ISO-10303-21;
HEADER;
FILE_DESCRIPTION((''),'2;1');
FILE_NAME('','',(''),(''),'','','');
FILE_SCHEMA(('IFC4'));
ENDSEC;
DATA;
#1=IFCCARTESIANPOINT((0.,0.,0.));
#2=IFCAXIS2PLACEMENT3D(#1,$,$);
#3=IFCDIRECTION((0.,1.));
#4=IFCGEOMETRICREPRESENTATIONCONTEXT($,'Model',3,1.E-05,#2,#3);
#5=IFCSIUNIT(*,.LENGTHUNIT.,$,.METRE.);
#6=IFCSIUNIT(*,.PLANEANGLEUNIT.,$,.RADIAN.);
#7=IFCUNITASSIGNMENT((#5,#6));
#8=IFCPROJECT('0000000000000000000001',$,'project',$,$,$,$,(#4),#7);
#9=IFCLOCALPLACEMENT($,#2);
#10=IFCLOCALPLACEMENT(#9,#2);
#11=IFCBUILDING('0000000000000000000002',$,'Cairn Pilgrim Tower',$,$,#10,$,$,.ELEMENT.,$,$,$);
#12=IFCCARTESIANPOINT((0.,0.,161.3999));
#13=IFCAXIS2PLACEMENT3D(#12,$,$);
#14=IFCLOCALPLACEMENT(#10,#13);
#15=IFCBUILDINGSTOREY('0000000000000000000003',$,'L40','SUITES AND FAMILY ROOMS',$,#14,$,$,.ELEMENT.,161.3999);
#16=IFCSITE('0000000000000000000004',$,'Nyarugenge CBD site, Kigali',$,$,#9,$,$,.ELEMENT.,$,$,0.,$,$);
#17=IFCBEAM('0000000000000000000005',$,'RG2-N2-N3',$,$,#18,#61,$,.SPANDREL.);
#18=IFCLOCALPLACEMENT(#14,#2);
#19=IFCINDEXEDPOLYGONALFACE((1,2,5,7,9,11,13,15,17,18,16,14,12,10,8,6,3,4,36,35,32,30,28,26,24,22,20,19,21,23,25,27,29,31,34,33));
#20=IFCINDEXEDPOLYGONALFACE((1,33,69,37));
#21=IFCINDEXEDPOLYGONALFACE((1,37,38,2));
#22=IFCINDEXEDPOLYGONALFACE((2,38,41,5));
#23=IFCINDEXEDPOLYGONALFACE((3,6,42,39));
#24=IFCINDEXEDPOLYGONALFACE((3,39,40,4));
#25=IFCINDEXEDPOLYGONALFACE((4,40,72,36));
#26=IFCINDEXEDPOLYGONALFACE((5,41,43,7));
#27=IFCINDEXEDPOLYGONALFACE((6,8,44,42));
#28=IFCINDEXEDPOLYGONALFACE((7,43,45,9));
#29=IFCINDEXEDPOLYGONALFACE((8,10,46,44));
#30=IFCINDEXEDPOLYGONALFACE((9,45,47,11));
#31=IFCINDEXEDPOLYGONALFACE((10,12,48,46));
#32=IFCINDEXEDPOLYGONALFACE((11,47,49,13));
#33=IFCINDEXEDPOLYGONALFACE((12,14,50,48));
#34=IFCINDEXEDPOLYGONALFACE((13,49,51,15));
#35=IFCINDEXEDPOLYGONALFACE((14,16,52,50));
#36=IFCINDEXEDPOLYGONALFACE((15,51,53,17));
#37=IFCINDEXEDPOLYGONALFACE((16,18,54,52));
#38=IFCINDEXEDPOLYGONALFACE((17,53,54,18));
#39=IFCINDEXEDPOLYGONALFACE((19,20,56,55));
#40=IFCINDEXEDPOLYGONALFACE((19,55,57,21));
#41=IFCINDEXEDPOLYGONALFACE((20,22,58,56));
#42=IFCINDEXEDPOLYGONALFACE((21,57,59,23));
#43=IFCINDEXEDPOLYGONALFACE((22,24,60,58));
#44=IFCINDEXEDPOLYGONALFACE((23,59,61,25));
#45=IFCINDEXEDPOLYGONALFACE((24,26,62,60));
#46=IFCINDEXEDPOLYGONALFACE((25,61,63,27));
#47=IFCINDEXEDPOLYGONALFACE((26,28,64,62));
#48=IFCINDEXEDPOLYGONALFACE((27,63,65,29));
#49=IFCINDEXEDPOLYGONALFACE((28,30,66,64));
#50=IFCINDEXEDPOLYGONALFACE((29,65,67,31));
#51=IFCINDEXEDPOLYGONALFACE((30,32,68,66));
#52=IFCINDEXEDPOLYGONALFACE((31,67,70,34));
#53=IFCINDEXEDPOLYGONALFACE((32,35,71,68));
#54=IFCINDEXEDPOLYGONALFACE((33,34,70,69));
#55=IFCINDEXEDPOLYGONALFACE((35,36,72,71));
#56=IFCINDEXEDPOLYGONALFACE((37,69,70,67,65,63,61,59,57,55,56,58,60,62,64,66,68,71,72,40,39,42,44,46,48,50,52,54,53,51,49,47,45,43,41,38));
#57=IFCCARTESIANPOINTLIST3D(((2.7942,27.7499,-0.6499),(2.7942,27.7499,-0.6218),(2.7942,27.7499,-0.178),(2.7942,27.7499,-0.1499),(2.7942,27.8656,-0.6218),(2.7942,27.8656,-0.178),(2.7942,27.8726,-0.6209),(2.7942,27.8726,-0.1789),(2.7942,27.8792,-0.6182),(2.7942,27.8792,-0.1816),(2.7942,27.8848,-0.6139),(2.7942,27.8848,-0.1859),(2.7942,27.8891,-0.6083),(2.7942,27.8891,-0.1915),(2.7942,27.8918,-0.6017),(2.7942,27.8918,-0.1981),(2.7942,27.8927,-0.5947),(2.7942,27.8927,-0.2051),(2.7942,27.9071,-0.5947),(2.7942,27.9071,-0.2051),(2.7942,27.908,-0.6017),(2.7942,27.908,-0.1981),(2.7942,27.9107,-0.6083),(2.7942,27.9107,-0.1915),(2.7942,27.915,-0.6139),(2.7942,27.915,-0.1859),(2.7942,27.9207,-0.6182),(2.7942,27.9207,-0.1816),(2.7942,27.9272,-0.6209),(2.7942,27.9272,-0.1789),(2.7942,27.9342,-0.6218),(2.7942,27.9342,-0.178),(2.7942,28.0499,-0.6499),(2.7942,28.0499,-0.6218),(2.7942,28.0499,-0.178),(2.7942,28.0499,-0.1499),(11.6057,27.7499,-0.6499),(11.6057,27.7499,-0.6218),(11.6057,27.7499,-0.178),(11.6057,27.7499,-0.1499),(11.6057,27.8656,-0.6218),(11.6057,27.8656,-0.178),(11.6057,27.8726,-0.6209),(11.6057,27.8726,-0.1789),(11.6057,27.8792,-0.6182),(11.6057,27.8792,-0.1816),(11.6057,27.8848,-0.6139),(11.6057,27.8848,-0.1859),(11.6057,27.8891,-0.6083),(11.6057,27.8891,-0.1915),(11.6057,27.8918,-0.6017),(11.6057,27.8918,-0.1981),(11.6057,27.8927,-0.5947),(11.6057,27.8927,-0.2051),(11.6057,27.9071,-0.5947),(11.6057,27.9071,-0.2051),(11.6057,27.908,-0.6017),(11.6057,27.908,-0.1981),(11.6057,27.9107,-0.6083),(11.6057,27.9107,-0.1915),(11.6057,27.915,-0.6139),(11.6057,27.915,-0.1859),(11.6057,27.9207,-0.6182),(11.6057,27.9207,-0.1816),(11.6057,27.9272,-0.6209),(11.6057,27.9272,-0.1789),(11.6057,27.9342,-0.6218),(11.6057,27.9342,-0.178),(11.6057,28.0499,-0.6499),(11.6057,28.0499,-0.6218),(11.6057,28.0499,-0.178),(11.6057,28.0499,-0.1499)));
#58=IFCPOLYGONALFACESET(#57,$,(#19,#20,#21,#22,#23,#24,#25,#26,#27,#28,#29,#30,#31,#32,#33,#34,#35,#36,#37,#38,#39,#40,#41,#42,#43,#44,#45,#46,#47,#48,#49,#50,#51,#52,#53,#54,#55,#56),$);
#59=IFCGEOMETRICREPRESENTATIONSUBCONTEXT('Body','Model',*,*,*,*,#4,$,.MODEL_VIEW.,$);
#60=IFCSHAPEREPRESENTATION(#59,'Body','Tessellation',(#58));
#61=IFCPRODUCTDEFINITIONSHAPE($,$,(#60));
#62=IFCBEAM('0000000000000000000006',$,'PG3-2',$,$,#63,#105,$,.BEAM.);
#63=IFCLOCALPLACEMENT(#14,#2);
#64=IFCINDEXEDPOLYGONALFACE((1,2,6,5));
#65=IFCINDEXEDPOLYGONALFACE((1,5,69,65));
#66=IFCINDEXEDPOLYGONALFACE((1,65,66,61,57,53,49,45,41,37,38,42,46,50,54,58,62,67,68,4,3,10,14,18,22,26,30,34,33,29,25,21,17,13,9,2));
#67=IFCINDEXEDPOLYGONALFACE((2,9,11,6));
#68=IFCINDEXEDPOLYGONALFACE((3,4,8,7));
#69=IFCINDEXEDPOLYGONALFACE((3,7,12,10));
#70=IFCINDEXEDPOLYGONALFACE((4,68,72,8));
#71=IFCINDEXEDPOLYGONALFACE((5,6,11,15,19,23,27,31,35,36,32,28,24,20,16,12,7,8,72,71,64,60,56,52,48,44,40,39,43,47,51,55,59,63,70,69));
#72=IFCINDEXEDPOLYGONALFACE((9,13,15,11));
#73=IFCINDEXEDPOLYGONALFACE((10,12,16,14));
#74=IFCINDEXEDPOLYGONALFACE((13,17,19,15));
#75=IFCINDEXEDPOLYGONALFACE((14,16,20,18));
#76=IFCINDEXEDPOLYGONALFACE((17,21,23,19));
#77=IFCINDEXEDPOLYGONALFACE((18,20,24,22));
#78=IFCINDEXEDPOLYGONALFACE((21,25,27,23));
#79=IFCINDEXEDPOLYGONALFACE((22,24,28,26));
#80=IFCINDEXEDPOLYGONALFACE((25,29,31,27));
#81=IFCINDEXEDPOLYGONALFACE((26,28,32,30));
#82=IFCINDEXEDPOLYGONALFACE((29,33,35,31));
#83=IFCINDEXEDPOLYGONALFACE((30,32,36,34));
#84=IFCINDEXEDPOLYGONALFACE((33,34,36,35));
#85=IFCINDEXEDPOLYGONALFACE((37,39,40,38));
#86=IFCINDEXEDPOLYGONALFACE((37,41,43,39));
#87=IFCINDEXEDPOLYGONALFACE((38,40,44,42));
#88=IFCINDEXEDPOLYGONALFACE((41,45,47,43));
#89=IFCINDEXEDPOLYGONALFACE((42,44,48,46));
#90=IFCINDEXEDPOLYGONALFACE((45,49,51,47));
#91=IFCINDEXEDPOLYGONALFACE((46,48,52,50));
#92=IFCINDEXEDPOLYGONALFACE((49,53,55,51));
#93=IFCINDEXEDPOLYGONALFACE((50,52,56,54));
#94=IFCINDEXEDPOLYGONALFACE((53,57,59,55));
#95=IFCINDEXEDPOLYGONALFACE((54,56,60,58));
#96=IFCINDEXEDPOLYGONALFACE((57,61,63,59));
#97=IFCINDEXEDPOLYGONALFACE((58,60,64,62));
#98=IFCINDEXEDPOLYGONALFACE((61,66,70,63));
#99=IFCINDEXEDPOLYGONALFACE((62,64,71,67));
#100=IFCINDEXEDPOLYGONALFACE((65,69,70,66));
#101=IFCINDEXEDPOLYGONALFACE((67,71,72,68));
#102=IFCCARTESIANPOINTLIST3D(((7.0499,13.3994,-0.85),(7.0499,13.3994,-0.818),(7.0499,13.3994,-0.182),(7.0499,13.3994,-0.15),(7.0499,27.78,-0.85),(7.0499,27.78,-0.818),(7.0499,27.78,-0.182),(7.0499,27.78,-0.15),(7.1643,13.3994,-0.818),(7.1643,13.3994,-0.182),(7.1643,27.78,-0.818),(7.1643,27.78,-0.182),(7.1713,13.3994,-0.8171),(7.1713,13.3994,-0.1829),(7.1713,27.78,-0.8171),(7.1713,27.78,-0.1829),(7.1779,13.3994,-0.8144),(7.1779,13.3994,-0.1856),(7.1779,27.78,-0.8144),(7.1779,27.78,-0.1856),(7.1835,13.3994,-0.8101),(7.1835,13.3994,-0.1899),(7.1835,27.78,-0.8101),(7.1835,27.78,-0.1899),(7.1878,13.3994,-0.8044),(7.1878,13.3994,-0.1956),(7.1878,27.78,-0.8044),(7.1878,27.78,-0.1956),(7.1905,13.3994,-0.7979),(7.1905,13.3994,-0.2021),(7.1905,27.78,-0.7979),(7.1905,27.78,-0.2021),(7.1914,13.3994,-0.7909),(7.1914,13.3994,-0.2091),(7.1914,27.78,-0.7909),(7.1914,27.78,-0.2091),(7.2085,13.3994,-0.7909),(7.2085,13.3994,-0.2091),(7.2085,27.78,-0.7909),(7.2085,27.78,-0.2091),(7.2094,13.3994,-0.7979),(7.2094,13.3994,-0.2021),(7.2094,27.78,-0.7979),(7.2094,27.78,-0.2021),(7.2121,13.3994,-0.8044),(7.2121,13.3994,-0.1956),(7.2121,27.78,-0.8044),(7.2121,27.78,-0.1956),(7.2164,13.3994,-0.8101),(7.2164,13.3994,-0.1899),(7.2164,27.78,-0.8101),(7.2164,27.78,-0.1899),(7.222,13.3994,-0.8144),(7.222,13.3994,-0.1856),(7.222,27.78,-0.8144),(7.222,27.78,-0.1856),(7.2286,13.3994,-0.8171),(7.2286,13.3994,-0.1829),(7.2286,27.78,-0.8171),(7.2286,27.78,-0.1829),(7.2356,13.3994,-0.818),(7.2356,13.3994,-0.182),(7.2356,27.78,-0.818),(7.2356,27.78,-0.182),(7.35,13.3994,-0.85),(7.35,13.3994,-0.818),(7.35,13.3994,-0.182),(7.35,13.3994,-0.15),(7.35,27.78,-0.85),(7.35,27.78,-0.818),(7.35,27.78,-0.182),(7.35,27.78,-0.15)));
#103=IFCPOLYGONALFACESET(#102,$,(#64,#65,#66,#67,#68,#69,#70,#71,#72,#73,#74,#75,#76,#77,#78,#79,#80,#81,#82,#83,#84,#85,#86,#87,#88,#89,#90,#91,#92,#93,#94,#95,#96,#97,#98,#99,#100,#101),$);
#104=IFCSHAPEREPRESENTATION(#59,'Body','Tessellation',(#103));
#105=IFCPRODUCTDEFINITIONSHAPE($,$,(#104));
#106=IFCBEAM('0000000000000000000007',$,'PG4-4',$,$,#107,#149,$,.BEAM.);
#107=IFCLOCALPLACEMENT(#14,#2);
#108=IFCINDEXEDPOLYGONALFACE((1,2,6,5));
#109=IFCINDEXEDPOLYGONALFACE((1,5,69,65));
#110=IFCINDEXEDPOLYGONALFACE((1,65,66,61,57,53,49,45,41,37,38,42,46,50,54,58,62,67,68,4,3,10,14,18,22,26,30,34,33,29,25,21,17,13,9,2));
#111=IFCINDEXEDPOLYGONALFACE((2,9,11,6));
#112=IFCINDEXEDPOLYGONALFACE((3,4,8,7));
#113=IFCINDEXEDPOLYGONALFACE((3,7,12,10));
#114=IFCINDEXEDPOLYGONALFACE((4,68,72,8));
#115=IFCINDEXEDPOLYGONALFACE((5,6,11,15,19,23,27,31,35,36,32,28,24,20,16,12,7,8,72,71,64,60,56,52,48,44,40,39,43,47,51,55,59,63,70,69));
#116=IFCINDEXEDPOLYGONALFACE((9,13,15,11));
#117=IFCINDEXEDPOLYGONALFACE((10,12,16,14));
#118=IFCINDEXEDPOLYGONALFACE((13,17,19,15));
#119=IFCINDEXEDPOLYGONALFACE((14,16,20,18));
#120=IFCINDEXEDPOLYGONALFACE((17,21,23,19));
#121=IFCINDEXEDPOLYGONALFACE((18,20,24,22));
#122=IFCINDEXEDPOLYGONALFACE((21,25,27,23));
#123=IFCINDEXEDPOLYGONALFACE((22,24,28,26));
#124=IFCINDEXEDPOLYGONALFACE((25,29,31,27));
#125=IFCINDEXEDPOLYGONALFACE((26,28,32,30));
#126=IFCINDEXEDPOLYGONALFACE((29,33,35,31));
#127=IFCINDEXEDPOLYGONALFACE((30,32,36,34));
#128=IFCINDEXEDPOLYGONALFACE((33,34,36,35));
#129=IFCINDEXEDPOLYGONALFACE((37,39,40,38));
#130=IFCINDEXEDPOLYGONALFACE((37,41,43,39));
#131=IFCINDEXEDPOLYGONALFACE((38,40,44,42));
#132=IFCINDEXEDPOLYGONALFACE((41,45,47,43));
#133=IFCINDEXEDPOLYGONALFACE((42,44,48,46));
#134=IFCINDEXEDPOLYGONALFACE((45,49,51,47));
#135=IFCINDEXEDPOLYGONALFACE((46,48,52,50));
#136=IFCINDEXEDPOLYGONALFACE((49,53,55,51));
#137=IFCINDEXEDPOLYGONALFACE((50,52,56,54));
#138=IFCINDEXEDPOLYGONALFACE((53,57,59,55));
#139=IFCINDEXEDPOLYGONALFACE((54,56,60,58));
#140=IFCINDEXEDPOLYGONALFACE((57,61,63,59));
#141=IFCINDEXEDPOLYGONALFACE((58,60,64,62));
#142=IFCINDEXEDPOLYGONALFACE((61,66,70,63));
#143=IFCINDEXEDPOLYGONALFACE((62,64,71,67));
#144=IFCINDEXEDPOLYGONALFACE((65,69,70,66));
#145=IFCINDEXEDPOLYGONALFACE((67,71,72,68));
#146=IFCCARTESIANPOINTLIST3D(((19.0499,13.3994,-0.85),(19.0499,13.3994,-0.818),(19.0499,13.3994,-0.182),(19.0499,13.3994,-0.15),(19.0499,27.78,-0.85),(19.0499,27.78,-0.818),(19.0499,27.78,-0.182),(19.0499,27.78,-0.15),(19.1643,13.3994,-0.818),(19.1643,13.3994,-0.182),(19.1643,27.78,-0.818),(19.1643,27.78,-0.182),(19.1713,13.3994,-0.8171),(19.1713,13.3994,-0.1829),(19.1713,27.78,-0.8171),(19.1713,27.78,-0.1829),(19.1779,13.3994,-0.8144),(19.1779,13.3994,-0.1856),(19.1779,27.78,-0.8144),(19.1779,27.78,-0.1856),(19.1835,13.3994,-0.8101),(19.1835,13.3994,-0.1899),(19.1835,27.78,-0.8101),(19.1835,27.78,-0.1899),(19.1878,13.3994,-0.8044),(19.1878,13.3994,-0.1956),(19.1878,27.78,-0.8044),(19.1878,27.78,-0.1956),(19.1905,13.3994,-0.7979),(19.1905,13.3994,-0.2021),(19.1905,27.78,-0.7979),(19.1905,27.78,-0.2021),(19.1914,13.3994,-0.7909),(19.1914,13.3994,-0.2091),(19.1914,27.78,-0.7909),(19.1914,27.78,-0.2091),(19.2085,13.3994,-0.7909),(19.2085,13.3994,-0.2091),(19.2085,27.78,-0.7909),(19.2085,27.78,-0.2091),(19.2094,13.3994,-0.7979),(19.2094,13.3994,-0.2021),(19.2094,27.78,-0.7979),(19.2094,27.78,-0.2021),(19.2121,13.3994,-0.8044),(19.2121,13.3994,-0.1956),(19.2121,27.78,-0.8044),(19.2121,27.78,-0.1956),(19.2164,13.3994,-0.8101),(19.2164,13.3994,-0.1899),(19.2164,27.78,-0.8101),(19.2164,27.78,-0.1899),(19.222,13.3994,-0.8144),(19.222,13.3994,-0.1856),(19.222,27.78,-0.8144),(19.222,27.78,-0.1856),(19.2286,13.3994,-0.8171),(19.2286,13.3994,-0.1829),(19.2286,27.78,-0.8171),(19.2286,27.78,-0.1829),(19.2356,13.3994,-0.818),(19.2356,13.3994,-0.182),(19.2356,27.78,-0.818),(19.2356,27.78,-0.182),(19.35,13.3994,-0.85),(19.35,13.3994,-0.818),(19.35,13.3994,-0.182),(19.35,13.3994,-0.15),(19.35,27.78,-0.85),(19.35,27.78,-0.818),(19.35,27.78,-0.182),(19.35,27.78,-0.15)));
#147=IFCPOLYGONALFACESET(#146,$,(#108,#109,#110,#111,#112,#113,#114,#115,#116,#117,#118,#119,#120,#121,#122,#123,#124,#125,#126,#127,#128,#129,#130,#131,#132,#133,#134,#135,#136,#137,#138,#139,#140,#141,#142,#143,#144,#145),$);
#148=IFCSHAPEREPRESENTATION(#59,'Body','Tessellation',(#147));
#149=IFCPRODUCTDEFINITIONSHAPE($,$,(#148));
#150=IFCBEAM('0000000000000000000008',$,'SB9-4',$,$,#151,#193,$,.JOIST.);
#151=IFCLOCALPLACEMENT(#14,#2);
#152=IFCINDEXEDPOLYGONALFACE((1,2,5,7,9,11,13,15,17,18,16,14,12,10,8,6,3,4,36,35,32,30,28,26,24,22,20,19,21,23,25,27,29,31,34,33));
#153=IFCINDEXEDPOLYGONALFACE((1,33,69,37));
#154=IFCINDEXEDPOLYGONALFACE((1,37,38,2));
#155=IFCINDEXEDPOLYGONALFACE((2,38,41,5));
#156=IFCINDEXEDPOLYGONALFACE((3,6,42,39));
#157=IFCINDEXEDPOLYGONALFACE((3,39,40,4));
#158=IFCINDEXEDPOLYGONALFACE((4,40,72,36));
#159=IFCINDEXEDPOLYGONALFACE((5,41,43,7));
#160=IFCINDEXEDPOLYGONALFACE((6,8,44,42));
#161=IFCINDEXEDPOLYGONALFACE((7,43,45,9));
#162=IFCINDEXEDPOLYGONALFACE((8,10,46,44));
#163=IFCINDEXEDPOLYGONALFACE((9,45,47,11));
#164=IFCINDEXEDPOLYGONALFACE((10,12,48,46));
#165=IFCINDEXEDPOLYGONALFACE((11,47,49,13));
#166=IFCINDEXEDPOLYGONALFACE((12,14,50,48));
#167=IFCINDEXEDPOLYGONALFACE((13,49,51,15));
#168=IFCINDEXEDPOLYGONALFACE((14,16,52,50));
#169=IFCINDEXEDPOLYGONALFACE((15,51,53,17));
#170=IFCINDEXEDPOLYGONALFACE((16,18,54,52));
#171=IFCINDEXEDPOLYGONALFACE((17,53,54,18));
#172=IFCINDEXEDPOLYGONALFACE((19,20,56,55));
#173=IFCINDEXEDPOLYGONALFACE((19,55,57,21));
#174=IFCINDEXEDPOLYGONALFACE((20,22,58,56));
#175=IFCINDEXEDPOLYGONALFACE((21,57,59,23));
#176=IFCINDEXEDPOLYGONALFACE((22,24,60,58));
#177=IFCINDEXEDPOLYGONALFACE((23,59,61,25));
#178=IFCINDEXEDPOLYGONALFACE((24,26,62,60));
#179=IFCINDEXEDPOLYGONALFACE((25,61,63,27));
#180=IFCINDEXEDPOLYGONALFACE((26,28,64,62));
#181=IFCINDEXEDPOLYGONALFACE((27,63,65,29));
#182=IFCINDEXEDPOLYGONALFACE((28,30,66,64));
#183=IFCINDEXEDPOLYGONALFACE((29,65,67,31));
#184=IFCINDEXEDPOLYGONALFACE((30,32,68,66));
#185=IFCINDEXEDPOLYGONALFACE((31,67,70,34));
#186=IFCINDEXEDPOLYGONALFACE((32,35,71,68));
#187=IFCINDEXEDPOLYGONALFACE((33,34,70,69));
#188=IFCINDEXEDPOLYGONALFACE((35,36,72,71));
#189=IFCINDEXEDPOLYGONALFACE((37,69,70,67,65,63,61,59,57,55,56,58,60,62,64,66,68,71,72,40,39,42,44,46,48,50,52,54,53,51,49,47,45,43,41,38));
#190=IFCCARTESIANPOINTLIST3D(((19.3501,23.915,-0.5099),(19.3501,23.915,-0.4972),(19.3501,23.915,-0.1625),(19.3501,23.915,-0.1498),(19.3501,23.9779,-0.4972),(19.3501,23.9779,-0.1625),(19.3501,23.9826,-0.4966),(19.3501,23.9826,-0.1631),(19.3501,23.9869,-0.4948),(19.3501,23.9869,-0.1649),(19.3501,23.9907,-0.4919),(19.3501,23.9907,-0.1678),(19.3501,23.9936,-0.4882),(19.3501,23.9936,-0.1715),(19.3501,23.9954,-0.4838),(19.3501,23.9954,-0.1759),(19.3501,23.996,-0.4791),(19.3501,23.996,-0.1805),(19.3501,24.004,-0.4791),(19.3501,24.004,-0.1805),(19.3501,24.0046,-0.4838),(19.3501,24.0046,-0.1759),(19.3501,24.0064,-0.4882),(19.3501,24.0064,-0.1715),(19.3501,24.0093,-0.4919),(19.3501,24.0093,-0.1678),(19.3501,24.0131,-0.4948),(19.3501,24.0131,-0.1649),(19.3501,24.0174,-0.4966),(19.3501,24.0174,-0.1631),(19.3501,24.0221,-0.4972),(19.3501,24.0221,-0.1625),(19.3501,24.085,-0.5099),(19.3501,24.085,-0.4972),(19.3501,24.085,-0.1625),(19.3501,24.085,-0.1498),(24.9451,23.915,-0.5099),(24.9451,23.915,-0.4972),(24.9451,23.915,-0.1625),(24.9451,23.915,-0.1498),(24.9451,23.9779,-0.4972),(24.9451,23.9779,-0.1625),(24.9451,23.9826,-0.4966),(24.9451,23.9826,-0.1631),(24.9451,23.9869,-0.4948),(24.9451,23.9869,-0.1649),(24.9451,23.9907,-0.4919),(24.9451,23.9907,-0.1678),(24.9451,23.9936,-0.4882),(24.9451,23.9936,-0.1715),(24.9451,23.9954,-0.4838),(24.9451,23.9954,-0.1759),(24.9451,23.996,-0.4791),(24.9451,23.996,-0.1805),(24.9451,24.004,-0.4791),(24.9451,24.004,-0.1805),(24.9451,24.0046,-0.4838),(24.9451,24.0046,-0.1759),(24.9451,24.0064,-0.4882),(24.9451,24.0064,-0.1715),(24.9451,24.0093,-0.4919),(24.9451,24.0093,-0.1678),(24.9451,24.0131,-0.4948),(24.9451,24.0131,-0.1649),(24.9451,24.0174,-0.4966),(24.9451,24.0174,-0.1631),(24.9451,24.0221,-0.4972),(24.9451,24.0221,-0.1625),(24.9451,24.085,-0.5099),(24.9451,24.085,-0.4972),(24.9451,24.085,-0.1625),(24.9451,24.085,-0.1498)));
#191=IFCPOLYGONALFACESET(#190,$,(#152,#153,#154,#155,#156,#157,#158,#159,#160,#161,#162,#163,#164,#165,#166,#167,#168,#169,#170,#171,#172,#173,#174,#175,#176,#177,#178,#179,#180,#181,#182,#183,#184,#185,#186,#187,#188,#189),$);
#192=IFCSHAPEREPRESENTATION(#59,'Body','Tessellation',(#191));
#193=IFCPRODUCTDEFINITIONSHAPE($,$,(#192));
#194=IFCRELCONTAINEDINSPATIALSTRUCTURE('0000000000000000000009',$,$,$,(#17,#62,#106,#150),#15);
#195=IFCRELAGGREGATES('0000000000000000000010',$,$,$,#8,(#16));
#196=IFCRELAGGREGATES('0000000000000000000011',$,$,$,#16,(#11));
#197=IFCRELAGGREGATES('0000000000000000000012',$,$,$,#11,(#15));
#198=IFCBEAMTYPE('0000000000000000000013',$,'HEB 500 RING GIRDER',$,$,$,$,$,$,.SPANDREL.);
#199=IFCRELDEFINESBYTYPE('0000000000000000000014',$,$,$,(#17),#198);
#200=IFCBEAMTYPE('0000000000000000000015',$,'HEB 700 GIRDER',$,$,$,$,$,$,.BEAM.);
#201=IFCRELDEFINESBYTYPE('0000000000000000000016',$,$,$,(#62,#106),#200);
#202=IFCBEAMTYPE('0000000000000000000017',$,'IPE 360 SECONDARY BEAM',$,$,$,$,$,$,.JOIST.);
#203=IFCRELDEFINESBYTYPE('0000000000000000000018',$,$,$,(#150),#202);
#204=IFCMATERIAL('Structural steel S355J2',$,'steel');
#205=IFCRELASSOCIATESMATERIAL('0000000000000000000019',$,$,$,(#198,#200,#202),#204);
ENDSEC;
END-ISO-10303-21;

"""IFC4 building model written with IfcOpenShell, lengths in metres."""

from ifc_helpers import new_model, si_unit, direction, frame, origin, origin_2d, place, context, subcontext, project, spatial, i_section, extrude, material, material_profile, profile_set, type_object, element, save


model = new_model("IFC4")

# Units and contexts
model_context = context("Model", 3, precision=1e-05, world=origin(), true_north=direction((0.0, 1.0)))
body_context = subcontext(model_context, "Body", "Model", "MODEL_VIEW")
ifc_project = project(units=[si_unit("LENGTHUNIT", "METRE"), si_unit("PLANEANGLEUNIT", "RADIAN")], contexts=[model_context])

# Site, building, storey
site_placement = place(None, origin())
site = spatial("IfcSite", under=ifc_project, at=site_placement, Name="Nyarugenge CBD site, Kigali", CompositionType="ELEMENT", RefElevation=0.0)
building_placement = place(site_placement, origin())
building = spatial("IfcBuilding", under=site, at=building_placement, Name="Cairn Pilgrim Tower", CompositionType="ELEMENT")
storey_placement = place(building_placement, frame((0.0, 0.0, 161.3999)))
storey = spatial("IfcBuildingStorey", under=building, at=storey_placement, Name="L40", Description="SUITES AND FAMILY ROOMS", CompositionType="ELEMENT", Elevation=161.3999)

# Shared definitions
ifc_material_1 = material(Name="Structural steel S355J2", Category="steel")

# Beams
ifc_material_profile_1 = material_profile(ifc_material_1, i_section(OverallWidth=0.3, OverallDepth=0.5, WebThickness=0.0144, FlangeThickness=0.0281, FilletRadius=0.0271, at=origin_2d()), Name="HEB 500")
ifc_profile_set_1 = profile_set([ifc_material_profile_1], Name="Structural steel S355J2")
beam_type_1 = type_object("IfcBeamType", Name="HEB 500 RING GIRDER", PredefinedType="SPANDREL", material=ifc_profile_set_1)
for number, where, z_axis, x_axis, name in (
    (1, (11.6057, 27.8999, -0.3999), (-1.0, 0.0, 0.0), (0.0, -1.0, 0.0), "RG2-N2-N3"),
):
    element("IfcBeam", number, at=place(storey_placement, frame(where, z_axis=z_axis, x_axis=x_axis)), inside=storey, type_object=beam_type_1, Name=name, PredefinedType="SPANDREL", context=body_context, shape_type="SweptSolid", body=[
        extrude(i_section(OverallWidth=0.3, OverallDepth=0.5, WebThickness=0.0144, FlangeThickness=0.0281, FilletRadius=0.0271, at=origin_2d()), origin(), (0.0, 0.0, 1.0), 8.8115),
    ])
ifc_material_profile_2 = material_profile(ifc_material_1, i_section(OverallWidth=0.3, OverallDepth=0.7, WebThickness=0.0171, FlangeThickness=0.032, FilletRadius=0.0271, at=origin_2d()), Name="HEB 700")
ifc_profile_set_2 = profile_set([ifc_material_profile_2], Name="Structural steel S355J2")
beam_type_2 = type_object("IfcBeamType", Name="HEB 700 GIRDER", PredefinedType="BEAM", material=ifc_profile_set_2)
for number, where, z_axis, x_axis, name in (
    (2, (7.2, 13.3994, -0.5), (0.0, 1.0, 0.0), (-1.0, 0.0, 0.0), "PG3-2"),
    (3, (19.2, 13.3994, -0.5), (0.0, 1.0, 0.0), (-1.0, 0.0, 0.0), "PG4-4"),
):
    element("IfcBeam", number, at=place(storey_placement, frame(where, z_axis=z_axis, x_axis=x_axis)), inside=storey, type_object=beam_type_2, Name=name, PredefinedType="BEAM", context=body_context, shape_type="SweptSolid", body=[
        extrude(i_section(OverallWidth=0.3, OverallDepth=0.7, WebThickness=0.0171, FlangeThickness=0.032, FilletRadius=0.0271, at=origin_2d()), origin(), (0.0, 0.0, 1.0), 14.3806),
    ])
ifc_material_profile_3 = material_profile(ifc_material_1, i_section(OverallWidth=0.1699, OverallDepth=0.3601, WebThickness=0.0081, FlangeThickness=0.0127, FilletRadius=0.0181, at=origin_2d()), Name="IPE 360")
ifc_profile_set_3 = profile_set([ifc_material_profile_3], Name="Structural steel S355J2")
beam_type_3 = type_object("IfcBeamType", Name="IPE 360 SECONDARY BEAM", PredefinedType="JOIST", material=ifc_profile_set_3)
beam_1_placement = place(storey_placement, frame((19.3501, 24.0, -0.3298), z_axis=(1.0, 0.0, 0.0), x_axis=(0.0, 1.0, 0.0)))
element("IfcBeam", 4, at=beam_1_placement, inside=storey, type_object=beam_type_3, Name="SB9-4", PredefinedType="JOIST", context=body_context, shape_type="SweptSolid", body=[
    extrude(i_section(OverallWidth=0.1699, OverallDepth=0.3601, WebThickness=0.0081, FlangeThickness=0.0127, FilletRadius=0.0181, at=origin_2d()), origin(), (0.0, 0.0, 1.0), 5.595),
])

save(model, "model.ifc")
